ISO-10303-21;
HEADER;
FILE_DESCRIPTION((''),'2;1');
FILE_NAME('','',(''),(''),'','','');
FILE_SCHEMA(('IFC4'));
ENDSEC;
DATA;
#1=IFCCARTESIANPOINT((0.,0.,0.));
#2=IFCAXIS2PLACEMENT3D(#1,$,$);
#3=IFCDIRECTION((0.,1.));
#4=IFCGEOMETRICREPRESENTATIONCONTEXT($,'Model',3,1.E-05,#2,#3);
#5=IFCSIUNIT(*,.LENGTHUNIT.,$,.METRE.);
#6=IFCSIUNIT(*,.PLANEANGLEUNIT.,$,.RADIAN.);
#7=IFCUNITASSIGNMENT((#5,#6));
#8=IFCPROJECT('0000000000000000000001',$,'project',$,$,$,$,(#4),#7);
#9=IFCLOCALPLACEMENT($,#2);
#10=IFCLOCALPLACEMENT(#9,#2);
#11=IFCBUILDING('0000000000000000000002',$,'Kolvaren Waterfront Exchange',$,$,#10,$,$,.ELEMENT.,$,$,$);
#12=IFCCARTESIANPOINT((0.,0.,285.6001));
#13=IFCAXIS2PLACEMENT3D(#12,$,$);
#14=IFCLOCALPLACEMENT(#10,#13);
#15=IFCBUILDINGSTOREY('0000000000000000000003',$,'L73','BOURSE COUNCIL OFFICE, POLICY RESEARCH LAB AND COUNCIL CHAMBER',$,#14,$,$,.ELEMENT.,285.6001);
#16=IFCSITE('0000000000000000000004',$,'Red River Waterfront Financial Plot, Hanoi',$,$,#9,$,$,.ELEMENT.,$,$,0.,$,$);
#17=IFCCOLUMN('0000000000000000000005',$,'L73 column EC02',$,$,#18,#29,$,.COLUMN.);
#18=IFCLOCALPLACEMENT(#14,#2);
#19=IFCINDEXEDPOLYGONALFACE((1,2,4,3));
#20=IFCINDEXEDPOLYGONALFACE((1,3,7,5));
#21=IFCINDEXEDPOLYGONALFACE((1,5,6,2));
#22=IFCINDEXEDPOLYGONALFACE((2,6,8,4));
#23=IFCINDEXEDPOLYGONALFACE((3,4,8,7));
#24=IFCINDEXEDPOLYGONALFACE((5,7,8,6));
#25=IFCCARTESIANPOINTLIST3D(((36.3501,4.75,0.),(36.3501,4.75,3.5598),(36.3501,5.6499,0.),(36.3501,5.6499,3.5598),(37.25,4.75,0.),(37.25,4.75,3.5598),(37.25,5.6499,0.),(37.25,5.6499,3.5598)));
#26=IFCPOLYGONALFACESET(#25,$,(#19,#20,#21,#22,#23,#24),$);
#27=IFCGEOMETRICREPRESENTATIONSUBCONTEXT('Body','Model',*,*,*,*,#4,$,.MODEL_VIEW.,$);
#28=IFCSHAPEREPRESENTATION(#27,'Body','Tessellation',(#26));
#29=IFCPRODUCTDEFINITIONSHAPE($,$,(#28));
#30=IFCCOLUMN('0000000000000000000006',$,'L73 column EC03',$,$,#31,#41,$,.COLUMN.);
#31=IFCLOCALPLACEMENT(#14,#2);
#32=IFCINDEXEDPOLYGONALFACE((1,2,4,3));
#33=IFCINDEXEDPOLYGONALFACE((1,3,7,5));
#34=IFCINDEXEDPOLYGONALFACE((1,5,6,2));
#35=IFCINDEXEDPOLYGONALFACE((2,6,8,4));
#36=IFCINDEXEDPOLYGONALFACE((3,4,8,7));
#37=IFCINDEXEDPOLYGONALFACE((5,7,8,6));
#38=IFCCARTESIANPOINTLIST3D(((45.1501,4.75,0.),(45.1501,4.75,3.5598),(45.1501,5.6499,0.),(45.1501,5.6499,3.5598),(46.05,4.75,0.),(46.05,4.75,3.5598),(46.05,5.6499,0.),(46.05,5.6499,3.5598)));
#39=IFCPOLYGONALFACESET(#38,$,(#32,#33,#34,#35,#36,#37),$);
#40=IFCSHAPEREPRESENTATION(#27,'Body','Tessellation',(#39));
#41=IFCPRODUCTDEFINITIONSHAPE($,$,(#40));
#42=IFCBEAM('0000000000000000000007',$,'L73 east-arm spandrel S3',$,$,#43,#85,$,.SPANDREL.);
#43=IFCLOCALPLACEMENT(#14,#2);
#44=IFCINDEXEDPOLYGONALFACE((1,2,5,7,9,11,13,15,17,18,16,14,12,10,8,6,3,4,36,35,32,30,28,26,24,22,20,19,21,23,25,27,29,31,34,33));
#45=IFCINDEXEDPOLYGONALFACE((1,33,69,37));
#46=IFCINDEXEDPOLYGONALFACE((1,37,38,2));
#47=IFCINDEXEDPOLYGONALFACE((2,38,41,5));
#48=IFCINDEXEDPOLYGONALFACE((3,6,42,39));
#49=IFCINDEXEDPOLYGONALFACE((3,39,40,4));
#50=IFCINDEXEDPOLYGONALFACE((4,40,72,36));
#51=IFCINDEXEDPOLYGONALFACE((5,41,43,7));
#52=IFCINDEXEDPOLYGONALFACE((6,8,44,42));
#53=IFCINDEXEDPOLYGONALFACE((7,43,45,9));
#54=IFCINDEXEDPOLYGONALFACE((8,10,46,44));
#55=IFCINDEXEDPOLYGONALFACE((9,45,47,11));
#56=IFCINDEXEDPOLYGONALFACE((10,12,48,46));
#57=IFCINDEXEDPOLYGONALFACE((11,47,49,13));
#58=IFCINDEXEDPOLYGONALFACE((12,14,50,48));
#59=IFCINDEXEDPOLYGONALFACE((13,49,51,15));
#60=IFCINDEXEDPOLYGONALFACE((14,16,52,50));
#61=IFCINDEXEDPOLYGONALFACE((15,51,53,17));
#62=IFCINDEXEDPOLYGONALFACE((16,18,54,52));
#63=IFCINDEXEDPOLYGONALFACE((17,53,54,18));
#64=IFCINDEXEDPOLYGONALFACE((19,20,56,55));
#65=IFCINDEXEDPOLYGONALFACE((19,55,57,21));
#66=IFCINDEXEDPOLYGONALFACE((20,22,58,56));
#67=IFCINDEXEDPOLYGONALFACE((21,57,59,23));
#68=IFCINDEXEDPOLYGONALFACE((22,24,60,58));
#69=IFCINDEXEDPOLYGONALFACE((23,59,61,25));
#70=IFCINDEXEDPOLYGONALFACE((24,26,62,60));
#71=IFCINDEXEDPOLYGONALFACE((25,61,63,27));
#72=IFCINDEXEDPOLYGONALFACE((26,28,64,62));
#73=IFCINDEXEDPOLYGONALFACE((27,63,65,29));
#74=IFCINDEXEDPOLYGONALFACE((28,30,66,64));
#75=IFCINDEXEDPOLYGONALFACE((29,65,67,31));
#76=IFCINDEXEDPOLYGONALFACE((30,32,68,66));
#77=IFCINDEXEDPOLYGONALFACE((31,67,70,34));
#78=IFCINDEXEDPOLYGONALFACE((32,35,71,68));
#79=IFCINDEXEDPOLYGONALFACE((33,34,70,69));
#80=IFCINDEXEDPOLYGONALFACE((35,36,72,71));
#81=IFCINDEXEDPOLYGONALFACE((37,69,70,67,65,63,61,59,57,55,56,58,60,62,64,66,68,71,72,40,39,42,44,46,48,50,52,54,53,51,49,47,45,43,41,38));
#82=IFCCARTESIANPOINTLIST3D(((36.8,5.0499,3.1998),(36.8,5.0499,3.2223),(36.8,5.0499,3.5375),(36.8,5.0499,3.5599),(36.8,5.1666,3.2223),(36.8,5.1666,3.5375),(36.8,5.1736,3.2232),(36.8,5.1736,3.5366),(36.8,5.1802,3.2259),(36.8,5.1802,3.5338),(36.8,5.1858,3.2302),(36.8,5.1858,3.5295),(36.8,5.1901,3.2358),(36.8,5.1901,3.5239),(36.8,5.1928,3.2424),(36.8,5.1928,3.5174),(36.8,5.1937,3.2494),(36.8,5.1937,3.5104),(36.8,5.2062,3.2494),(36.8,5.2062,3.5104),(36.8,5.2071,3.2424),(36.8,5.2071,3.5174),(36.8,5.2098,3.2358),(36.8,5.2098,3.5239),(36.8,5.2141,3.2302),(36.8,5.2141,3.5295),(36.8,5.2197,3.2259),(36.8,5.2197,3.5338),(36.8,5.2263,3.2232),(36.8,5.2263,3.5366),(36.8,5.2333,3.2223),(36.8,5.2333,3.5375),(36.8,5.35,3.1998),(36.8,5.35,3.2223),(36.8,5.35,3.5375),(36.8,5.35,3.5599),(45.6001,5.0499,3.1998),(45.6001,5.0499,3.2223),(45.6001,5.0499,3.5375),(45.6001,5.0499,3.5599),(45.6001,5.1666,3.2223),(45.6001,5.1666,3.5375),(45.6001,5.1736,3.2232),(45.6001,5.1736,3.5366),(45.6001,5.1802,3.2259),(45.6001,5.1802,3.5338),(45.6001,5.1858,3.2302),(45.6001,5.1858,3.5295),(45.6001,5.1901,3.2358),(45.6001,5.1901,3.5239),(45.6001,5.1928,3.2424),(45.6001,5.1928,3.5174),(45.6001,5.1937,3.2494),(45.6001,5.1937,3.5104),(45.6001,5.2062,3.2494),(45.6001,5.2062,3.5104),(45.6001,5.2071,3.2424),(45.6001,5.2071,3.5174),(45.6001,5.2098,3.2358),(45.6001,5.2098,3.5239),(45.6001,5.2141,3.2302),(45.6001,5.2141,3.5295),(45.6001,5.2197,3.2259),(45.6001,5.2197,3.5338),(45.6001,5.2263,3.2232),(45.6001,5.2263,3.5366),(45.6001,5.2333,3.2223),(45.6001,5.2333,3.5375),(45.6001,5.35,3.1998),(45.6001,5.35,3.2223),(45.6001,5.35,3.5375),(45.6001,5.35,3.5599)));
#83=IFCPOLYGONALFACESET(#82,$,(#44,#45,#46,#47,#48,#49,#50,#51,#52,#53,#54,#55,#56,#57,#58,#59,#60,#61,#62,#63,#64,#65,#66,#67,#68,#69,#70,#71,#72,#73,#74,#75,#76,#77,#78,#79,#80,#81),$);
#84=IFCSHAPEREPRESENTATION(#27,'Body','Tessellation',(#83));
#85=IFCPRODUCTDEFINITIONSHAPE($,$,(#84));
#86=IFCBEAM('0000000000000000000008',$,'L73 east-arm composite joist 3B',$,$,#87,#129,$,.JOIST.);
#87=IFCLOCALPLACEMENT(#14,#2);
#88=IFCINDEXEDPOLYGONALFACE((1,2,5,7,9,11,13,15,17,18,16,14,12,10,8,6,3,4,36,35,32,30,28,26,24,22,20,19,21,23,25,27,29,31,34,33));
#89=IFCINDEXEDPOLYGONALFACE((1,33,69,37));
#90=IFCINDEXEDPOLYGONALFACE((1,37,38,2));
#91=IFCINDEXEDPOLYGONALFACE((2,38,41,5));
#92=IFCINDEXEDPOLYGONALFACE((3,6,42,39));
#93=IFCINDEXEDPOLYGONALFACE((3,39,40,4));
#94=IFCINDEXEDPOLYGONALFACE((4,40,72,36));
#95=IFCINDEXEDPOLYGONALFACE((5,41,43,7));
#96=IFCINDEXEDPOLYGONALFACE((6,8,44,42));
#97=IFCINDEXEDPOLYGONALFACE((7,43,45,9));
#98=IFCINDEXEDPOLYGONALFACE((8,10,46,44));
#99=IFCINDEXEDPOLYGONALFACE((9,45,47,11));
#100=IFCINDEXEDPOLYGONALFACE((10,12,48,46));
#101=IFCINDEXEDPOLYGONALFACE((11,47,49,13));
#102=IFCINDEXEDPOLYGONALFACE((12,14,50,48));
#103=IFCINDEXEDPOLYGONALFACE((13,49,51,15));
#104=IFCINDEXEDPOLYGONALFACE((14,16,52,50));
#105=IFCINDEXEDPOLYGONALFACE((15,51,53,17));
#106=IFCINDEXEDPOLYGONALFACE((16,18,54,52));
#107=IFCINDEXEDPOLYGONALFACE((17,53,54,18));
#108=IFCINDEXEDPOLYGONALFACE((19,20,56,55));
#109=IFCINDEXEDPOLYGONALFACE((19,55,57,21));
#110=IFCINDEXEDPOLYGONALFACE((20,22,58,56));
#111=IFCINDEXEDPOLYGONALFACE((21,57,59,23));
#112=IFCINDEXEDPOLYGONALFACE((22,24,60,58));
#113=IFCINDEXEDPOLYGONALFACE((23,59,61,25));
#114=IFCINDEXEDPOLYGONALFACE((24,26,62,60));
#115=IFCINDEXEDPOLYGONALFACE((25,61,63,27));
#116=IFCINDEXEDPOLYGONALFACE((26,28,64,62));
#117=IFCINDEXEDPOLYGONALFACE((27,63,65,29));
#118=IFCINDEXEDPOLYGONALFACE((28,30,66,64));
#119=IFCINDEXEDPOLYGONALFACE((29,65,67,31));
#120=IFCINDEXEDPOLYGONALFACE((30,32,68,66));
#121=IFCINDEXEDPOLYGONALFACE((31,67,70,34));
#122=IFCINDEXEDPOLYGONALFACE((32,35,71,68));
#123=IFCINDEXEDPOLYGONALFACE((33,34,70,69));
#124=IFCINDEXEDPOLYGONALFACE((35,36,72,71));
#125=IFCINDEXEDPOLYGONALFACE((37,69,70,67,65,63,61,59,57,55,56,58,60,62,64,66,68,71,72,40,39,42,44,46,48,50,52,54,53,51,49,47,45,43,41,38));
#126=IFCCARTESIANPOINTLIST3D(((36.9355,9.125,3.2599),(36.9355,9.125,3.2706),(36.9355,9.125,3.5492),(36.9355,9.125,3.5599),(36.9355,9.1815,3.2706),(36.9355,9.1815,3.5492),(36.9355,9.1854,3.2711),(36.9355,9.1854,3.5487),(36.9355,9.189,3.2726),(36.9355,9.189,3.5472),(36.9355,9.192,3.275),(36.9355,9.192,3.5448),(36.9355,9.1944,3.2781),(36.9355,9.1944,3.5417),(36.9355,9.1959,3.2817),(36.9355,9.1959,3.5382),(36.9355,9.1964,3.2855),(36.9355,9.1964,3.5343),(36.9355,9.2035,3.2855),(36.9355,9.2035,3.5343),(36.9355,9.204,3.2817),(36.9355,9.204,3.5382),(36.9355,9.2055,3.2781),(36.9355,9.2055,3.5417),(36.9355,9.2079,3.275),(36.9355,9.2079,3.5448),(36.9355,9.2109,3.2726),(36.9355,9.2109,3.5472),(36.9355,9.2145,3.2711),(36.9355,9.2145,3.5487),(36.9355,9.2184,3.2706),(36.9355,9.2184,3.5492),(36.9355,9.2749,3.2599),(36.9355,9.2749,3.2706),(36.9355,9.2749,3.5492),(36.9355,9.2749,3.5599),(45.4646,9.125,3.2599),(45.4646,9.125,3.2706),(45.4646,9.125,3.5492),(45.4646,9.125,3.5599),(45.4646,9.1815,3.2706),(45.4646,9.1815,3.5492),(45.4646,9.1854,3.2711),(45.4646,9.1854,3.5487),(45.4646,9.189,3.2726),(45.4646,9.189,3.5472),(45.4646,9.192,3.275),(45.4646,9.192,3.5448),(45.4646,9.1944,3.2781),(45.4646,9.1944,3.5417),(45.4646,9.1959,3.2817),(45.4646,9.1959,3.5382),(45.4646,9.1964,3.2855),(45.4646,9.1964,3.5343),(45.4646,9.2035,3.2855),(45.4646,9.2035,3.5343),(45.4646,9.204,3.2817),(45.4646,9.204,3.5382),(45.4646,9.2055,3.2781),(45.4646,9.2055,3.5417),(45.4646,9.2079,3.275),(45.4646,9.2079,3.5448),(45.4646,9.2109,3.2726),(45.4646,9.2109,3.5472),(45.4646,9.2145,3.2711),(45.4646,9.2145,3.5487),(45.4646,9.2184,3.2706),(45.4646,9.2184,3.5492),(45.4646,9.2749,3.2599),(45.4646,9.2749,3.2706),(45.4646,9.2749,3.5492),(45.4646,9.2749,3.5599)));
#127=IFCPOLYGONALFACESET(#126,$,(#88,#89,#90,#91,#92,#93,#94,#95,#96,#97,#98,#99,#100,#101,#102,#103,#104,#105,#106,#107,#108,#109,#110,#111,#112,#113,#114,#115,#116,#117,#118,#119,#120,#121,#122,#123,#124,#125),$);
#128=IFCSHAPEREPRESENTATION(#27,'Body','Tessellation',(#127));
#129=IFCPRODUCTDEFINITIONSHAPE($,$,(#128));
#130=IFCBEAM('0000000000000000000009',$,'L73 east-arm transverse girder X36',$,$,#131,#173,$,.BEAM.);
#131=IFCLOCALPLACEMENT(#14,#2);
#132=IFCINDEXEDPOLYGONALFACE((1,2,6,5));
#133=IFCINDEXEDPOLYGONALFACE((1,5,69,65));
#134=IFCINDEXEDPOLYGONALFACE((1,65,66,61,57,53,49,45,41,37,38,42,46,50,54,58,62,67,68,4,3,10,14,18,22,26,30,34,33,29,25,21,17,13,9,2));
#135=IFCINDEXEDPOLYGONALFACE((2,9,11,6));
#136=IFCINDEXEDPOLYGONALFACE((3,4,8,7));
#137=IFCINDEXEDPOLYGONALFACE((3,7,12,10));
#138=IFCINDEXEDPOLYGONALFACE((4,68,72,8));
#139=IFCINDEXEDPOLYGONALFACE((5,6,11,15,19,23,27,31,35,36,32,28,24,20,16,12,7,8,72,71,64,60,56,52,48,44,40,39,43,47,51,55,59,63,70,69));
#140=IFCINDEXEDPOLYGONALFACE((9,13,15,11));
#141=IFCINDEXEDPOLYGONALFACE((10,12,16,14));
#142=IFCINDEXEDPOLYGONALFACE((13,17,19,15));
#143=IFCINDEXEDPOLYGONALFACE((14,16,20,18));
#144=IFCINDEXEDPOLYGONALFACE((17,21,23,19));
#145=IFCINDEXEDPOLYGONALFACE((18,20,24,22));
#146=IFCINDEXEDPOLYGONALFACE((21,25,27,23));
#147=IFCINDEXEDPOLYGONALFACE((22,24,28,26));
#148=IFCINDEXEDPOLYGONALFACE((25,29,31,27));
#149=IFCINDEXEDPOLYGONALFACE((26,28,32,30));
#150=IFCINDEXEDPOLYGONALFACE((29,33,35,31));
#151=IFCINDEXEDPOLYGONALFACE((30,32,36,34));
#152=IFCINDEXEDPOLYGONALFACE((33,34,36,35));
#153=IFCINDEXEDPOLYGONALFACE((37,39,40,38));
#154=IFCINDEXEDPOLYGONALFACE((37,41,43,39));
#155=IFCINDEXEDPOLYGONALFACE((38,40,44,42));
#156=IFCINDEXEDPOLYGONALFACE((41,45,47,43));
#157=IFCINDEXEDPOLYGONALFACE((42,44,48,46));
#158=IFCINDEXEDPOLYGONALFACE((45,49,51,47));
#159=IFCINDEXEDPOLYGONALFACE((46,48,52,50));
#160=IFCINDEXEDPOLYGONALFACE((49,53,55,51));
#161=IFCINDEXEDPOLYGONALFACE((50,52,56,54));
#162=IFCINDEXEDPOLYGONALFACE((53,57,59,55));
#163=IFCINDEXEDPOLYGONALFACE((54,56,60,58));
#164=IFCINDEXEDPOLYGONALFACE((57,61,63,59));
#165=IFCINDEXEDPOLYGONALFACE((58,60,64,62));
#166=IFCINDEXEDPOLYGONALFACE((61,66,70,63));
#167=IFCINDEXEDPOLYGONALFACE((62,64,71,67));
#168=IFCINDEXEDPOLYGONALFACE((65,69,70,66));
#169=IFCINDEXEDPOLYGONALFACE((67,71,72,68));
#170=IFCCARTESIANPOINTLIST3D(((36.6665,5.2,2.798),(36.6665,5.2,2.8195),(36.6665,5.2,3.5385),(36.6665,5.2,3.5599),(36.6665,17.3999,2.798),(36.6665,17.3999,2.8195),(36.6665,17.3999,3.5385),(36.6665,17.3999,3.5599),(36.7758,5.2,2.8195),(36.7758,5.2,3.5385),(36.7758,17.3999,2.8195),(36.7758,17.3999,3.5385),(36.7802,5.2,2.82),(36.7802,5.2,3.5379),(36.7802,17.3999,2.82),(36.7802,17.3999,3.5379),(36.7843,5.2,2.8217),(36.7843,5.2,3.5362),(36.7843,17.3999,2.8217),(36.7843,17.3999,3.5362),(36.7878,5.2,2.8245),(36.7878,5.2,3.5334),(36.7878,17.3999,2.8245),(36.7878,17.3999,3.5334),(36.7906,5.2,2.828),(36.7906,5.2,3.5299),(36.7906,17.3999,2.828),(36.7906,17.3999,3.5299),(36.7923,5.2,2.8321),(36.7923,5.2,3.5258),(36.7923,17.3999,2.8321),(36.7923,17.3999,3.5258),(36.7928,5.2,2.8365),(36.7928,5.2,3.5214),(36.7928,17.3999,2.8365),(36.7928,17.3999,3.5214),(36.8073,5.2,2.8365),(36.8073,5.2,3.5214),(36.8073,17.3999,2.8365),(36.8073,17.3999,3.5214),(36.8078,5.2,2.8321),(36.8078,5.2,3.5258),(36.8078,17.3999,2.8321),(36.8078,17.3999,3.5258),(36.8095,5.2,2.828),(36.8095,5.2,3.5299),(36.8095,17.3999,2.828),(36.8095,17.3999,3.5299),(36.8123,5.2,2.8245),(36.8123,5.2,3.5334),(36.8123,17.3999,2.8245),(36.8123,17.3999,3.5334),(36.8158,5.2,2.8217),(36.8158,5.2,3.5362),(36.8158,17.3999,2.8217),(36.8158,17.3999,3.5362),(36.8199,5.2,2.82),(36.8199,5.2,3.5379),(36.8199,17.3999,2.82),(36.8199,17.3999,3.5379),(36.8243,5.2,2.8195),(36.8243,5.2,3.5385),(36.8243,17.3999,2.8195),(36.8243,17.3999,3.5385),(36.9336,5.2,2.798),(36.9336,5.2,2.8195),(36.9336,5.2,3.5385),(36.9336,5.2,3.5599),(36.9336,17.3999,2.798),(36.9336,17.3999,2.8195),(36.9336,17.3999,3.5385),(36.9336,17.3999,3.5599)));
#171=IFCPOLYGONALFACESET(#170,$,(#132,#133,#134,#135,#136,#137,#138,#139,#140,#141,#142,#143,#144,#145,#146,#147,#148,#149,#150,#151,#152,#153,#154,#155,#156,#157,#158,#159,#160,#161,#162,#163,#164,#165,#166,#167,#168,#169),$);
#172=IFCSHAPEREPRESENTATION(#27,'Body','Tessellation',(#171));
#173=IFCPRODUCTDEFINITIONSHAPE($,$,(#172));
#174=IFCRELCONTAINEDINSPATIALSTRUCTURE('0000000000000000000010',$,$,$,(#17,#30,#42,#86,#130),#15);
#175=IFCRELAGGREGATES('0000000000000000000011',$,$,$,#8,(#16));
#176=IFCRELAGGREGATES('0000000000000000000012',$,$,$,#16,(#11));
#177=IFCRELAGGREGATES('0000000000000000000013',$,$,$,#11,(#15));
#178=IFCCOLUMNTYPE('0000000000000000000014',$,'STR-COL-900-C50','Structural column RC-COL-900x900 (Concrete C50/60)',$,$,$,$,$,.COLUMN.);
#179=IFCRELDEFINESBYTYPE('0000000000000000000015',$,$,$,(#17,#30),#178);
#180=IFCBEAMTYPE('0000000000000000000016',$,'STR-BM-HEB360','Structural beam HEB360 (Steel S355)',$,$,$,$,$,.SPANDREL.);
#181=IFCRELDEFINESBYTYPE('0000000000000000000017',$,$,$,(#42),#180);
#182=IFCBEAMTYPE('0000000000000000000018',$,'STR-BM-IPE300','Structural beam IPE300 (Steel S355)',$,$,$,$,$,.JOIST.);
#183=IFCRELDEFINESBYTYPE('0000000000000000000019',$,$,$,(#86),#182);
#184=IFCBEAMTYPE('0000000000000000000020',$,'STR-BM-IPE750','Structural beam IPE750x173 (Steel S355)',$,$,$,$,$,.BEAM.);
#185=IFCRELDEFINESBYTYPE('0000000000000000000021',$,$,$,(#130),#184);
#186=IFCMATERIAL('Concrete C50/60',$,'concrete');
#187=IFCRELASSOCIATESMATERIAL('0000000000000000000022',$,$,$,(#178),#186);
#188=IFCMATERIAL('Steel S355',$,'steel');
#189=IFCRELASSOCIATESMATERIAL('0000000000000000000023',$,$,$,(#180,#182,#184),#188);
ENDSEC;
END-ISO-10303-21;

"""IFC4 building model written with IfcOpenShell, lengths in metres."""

from ifc_helpers import new_model, si_unit, direction, frame, origin, origin_2d, place, context, subcontext, project, spatial, rectangle, i_section, extrude, material, material_profile, profile_set, type_object, element, save


model = new_model("IFC4")

# Units and contexts
model_context = context("Model", 3, precision=1e-05, world=origin(), true_north=direction((0.0, 1.0)))
body_context = subcontext(model_context, "Body", "Model", "MODEL_VIEW")
ifc_project = project(units=[si_unit("LENGTHUNIT", "METRE"), si_unit("PLANEANGLEUNIT", "RADIAN")], contexts=[model_context])

# Site, building, storey
site_placement = place(None, origin())
site = spatial("IfcSite", under=ifc_project, at=site_placement, Name="Red River Waterfront Financial Plot, Hanoi", CompositionType="ELEMENT", RefElevation=0.0)
building_placement = place(site_placement, origin())
building = spatial("IfcBuilding", under=site, at=building_placement, Name="Kolvaren Waterfront Exchange", CompositionType="ELEMENT")
storey_placement = place(building_placement, frame((0.0, 0.0, 285.6001)))
storey = spatial("IfcBuildingStorey", under=building, at=storey_placement, Name="L73", Description="BOURSE COUNCIL OFFICE, POLICY RESEARCH LAB AND COUNCIL CHAMBER", CompositionType="ELEMENT", Elevation=285.6001)

# Columns
ifc_material_1 = material(Name="Concrete C50/60", Category="concrete")
ifc_material_profile_1 = material_profile(ifc_material_1, rectangle(XDim=0.8999, YDim=0.8999, at=origin_2d()), Name="RC-COL-900x900")
ifc_profile_set_1 = profile_set([ifc_material_profile_1], Name="Concrete C50/60")
column_type = type_object("IfcColumnType", Name="STR-COL-900-C50", Description="Structural column RC-COL-900x900 (Concrete C50/60)", PredefinedType="COLUMN", material=ifc_profile_set_1)
for number, where, z_axis, x_axis, name in (
    (1, (36.8, 5.2, 0.0), (0.0, 0.0, 1.0), (1.0, 0.0, 0.0), "L73 column EC02"),
    (2, (45.6001, 5.2, 0.0), (0.0, 0.0, 1.0), (1.0, 0.0, 0.0), "L73 column EC03"),
):
    element("IfcColumn", number, at=place(storey_placement, frame(where, z_axis=z_axis, x_axis=x_axis)), inside=storey, type_object=column_type, Name=name, PredefinedType="COLUMN", context=body_context, shape_type="SweptSolid", body=[
        extrude(rectangle(XDim=0.8999, YDim=0.8999, at=origin_2d()), origin(), (0.0, 0.0, 1.0), 3.5598),
    ])

# Beams
ifc_material_2 = material(Name="Steel S355", Category="steel")
ifc_material_profile_2 = material_profile(ifc_material_2, i_section(OverallWidth=0.3, OverallDepth=0.3601, WebThickness=0.0125, FlangeThickness=0.0225, FilletRadius=0.0271, at=origin_2d()), Name="HEB360")
ifc_profile_set_2 = profile_set([ifc_material_profile_2], Name="Steel S355")
beam_type_1 = type_object("IfcBeamType", Name="STR-BM-HEB360", Description="Structural beam HEB360 (Steel S355)", PredefinedType="SPANDREL", material=ifc_profile_set_2)
beam_1_placement = place(storey_placement, frame((36.8, 5.2, 3.3799), z_axis=(1.0, 0.0, 0.0), x_axis=(0.0, 1.0, 0.0)))
element("IfcBeam", 3, at=beam_1_placement, inside=storey, type_object=beam_type_1, Name="L73 east-arm spandrel S3", PredefinedType="SPANDREL", context=body_context, shape_type="SweptSolid", body=[
    extrude(i_section(OverallWidth=0.3, OverallDepth=0.3601, WebThickness=0.0125, FlangeThickness=0.0225, FilletRadius=0.0271, at=origin_2d()), origin(), (0.0, 0.0, 1.0), 8.8),
])
ifc_material_profile_3 = material_profile(ifc_material_2, i_section(OverallWidth=0.1499, OverallDepth=0.3, WebThickness=0.0071, FlangeThickness=0.0107, FilletRadius=0.0149, at=origin_2d()), Name="IPE300")
ifc_profile_set_3 = profile_set([ifc_material_profile_3], Name="Steel S355")
beam_type_2 = type_object("IfcBeamType", Name="STR-BM-IPE300", Description="Structural beam IPE300 (Steel S355)", PredefinedType="JOIST", material=ifc_profile_set_3)
beam_2_placement = place(storey_placement, frame((36.9355, 9.2, 3.4099), z_axis=(1.0, 0.0, 0.0), x_axis=(0.0, 1.0, 0.0)))
element("IfcBeam", 4, at=beam_2_placement, inside=storey, type_object=beam_type_2, Name="L73 east-arm composite joist 3B", PredefinedType="JOIST", context=body_context, shape_type="SweptSolid", body=[
    extrude(i_section(OverallWidth=0.1499, OverallDepth=0.3, WebThickness=0.0071, FlangeThickness=0.0107, FilletRadius=0.0149, at=origin_2d()), origin(), (0.0, 0.0, 1.0), 8.5291),
])
ifc_material_profile_4 = material_profile(ifc_material_2, i_section(OverallWidth=0.2671, OverallDepth=0.762, WebThickness=0.0144, FlangeThickness=0.0215, FilletRadius=0.0171, at=origin_2d()), Name="IPE750x173")
ifc_profile_set_4 = profile_set([ifc_material_profile_4], Name="Steel S355")
beam_type_3 = type_object("IfcBeamType", Name="STR-BM-IPE750", Description="Structural beam IPE750x173 (Steel S355)", PredefinedType="BEAM", material=ifc_profile_set_4)
for number, where, z_axis, x_axis, name in (
    (5, (36.8, 5.2, 3.179), (0.0, 1.0, 0.0), (-1.0, 0.0, 0.0), "L73 east-arm transverse girder X36"),
):
    element("IfcBeam", number, at=place(storey_placement, frame(where, z_axis=z_axis, x_axis=x_axis)), inside=storey, type_object=beam_type_3, Name=name, PredefinedType="BEAM", context=body_context, shape_type="SweptSolid", body=[
        extrude(i_section(OverallWidth=0.2671, OverallDepth=0.762, WebThickness=0.0144, FlangeThickness=0.0215, FilletRadius=0.0171, at=origin_2d()), origin(), (0.0, 0.0, 1.0), 12.2),
    ])

save(model, "model.ifc")
